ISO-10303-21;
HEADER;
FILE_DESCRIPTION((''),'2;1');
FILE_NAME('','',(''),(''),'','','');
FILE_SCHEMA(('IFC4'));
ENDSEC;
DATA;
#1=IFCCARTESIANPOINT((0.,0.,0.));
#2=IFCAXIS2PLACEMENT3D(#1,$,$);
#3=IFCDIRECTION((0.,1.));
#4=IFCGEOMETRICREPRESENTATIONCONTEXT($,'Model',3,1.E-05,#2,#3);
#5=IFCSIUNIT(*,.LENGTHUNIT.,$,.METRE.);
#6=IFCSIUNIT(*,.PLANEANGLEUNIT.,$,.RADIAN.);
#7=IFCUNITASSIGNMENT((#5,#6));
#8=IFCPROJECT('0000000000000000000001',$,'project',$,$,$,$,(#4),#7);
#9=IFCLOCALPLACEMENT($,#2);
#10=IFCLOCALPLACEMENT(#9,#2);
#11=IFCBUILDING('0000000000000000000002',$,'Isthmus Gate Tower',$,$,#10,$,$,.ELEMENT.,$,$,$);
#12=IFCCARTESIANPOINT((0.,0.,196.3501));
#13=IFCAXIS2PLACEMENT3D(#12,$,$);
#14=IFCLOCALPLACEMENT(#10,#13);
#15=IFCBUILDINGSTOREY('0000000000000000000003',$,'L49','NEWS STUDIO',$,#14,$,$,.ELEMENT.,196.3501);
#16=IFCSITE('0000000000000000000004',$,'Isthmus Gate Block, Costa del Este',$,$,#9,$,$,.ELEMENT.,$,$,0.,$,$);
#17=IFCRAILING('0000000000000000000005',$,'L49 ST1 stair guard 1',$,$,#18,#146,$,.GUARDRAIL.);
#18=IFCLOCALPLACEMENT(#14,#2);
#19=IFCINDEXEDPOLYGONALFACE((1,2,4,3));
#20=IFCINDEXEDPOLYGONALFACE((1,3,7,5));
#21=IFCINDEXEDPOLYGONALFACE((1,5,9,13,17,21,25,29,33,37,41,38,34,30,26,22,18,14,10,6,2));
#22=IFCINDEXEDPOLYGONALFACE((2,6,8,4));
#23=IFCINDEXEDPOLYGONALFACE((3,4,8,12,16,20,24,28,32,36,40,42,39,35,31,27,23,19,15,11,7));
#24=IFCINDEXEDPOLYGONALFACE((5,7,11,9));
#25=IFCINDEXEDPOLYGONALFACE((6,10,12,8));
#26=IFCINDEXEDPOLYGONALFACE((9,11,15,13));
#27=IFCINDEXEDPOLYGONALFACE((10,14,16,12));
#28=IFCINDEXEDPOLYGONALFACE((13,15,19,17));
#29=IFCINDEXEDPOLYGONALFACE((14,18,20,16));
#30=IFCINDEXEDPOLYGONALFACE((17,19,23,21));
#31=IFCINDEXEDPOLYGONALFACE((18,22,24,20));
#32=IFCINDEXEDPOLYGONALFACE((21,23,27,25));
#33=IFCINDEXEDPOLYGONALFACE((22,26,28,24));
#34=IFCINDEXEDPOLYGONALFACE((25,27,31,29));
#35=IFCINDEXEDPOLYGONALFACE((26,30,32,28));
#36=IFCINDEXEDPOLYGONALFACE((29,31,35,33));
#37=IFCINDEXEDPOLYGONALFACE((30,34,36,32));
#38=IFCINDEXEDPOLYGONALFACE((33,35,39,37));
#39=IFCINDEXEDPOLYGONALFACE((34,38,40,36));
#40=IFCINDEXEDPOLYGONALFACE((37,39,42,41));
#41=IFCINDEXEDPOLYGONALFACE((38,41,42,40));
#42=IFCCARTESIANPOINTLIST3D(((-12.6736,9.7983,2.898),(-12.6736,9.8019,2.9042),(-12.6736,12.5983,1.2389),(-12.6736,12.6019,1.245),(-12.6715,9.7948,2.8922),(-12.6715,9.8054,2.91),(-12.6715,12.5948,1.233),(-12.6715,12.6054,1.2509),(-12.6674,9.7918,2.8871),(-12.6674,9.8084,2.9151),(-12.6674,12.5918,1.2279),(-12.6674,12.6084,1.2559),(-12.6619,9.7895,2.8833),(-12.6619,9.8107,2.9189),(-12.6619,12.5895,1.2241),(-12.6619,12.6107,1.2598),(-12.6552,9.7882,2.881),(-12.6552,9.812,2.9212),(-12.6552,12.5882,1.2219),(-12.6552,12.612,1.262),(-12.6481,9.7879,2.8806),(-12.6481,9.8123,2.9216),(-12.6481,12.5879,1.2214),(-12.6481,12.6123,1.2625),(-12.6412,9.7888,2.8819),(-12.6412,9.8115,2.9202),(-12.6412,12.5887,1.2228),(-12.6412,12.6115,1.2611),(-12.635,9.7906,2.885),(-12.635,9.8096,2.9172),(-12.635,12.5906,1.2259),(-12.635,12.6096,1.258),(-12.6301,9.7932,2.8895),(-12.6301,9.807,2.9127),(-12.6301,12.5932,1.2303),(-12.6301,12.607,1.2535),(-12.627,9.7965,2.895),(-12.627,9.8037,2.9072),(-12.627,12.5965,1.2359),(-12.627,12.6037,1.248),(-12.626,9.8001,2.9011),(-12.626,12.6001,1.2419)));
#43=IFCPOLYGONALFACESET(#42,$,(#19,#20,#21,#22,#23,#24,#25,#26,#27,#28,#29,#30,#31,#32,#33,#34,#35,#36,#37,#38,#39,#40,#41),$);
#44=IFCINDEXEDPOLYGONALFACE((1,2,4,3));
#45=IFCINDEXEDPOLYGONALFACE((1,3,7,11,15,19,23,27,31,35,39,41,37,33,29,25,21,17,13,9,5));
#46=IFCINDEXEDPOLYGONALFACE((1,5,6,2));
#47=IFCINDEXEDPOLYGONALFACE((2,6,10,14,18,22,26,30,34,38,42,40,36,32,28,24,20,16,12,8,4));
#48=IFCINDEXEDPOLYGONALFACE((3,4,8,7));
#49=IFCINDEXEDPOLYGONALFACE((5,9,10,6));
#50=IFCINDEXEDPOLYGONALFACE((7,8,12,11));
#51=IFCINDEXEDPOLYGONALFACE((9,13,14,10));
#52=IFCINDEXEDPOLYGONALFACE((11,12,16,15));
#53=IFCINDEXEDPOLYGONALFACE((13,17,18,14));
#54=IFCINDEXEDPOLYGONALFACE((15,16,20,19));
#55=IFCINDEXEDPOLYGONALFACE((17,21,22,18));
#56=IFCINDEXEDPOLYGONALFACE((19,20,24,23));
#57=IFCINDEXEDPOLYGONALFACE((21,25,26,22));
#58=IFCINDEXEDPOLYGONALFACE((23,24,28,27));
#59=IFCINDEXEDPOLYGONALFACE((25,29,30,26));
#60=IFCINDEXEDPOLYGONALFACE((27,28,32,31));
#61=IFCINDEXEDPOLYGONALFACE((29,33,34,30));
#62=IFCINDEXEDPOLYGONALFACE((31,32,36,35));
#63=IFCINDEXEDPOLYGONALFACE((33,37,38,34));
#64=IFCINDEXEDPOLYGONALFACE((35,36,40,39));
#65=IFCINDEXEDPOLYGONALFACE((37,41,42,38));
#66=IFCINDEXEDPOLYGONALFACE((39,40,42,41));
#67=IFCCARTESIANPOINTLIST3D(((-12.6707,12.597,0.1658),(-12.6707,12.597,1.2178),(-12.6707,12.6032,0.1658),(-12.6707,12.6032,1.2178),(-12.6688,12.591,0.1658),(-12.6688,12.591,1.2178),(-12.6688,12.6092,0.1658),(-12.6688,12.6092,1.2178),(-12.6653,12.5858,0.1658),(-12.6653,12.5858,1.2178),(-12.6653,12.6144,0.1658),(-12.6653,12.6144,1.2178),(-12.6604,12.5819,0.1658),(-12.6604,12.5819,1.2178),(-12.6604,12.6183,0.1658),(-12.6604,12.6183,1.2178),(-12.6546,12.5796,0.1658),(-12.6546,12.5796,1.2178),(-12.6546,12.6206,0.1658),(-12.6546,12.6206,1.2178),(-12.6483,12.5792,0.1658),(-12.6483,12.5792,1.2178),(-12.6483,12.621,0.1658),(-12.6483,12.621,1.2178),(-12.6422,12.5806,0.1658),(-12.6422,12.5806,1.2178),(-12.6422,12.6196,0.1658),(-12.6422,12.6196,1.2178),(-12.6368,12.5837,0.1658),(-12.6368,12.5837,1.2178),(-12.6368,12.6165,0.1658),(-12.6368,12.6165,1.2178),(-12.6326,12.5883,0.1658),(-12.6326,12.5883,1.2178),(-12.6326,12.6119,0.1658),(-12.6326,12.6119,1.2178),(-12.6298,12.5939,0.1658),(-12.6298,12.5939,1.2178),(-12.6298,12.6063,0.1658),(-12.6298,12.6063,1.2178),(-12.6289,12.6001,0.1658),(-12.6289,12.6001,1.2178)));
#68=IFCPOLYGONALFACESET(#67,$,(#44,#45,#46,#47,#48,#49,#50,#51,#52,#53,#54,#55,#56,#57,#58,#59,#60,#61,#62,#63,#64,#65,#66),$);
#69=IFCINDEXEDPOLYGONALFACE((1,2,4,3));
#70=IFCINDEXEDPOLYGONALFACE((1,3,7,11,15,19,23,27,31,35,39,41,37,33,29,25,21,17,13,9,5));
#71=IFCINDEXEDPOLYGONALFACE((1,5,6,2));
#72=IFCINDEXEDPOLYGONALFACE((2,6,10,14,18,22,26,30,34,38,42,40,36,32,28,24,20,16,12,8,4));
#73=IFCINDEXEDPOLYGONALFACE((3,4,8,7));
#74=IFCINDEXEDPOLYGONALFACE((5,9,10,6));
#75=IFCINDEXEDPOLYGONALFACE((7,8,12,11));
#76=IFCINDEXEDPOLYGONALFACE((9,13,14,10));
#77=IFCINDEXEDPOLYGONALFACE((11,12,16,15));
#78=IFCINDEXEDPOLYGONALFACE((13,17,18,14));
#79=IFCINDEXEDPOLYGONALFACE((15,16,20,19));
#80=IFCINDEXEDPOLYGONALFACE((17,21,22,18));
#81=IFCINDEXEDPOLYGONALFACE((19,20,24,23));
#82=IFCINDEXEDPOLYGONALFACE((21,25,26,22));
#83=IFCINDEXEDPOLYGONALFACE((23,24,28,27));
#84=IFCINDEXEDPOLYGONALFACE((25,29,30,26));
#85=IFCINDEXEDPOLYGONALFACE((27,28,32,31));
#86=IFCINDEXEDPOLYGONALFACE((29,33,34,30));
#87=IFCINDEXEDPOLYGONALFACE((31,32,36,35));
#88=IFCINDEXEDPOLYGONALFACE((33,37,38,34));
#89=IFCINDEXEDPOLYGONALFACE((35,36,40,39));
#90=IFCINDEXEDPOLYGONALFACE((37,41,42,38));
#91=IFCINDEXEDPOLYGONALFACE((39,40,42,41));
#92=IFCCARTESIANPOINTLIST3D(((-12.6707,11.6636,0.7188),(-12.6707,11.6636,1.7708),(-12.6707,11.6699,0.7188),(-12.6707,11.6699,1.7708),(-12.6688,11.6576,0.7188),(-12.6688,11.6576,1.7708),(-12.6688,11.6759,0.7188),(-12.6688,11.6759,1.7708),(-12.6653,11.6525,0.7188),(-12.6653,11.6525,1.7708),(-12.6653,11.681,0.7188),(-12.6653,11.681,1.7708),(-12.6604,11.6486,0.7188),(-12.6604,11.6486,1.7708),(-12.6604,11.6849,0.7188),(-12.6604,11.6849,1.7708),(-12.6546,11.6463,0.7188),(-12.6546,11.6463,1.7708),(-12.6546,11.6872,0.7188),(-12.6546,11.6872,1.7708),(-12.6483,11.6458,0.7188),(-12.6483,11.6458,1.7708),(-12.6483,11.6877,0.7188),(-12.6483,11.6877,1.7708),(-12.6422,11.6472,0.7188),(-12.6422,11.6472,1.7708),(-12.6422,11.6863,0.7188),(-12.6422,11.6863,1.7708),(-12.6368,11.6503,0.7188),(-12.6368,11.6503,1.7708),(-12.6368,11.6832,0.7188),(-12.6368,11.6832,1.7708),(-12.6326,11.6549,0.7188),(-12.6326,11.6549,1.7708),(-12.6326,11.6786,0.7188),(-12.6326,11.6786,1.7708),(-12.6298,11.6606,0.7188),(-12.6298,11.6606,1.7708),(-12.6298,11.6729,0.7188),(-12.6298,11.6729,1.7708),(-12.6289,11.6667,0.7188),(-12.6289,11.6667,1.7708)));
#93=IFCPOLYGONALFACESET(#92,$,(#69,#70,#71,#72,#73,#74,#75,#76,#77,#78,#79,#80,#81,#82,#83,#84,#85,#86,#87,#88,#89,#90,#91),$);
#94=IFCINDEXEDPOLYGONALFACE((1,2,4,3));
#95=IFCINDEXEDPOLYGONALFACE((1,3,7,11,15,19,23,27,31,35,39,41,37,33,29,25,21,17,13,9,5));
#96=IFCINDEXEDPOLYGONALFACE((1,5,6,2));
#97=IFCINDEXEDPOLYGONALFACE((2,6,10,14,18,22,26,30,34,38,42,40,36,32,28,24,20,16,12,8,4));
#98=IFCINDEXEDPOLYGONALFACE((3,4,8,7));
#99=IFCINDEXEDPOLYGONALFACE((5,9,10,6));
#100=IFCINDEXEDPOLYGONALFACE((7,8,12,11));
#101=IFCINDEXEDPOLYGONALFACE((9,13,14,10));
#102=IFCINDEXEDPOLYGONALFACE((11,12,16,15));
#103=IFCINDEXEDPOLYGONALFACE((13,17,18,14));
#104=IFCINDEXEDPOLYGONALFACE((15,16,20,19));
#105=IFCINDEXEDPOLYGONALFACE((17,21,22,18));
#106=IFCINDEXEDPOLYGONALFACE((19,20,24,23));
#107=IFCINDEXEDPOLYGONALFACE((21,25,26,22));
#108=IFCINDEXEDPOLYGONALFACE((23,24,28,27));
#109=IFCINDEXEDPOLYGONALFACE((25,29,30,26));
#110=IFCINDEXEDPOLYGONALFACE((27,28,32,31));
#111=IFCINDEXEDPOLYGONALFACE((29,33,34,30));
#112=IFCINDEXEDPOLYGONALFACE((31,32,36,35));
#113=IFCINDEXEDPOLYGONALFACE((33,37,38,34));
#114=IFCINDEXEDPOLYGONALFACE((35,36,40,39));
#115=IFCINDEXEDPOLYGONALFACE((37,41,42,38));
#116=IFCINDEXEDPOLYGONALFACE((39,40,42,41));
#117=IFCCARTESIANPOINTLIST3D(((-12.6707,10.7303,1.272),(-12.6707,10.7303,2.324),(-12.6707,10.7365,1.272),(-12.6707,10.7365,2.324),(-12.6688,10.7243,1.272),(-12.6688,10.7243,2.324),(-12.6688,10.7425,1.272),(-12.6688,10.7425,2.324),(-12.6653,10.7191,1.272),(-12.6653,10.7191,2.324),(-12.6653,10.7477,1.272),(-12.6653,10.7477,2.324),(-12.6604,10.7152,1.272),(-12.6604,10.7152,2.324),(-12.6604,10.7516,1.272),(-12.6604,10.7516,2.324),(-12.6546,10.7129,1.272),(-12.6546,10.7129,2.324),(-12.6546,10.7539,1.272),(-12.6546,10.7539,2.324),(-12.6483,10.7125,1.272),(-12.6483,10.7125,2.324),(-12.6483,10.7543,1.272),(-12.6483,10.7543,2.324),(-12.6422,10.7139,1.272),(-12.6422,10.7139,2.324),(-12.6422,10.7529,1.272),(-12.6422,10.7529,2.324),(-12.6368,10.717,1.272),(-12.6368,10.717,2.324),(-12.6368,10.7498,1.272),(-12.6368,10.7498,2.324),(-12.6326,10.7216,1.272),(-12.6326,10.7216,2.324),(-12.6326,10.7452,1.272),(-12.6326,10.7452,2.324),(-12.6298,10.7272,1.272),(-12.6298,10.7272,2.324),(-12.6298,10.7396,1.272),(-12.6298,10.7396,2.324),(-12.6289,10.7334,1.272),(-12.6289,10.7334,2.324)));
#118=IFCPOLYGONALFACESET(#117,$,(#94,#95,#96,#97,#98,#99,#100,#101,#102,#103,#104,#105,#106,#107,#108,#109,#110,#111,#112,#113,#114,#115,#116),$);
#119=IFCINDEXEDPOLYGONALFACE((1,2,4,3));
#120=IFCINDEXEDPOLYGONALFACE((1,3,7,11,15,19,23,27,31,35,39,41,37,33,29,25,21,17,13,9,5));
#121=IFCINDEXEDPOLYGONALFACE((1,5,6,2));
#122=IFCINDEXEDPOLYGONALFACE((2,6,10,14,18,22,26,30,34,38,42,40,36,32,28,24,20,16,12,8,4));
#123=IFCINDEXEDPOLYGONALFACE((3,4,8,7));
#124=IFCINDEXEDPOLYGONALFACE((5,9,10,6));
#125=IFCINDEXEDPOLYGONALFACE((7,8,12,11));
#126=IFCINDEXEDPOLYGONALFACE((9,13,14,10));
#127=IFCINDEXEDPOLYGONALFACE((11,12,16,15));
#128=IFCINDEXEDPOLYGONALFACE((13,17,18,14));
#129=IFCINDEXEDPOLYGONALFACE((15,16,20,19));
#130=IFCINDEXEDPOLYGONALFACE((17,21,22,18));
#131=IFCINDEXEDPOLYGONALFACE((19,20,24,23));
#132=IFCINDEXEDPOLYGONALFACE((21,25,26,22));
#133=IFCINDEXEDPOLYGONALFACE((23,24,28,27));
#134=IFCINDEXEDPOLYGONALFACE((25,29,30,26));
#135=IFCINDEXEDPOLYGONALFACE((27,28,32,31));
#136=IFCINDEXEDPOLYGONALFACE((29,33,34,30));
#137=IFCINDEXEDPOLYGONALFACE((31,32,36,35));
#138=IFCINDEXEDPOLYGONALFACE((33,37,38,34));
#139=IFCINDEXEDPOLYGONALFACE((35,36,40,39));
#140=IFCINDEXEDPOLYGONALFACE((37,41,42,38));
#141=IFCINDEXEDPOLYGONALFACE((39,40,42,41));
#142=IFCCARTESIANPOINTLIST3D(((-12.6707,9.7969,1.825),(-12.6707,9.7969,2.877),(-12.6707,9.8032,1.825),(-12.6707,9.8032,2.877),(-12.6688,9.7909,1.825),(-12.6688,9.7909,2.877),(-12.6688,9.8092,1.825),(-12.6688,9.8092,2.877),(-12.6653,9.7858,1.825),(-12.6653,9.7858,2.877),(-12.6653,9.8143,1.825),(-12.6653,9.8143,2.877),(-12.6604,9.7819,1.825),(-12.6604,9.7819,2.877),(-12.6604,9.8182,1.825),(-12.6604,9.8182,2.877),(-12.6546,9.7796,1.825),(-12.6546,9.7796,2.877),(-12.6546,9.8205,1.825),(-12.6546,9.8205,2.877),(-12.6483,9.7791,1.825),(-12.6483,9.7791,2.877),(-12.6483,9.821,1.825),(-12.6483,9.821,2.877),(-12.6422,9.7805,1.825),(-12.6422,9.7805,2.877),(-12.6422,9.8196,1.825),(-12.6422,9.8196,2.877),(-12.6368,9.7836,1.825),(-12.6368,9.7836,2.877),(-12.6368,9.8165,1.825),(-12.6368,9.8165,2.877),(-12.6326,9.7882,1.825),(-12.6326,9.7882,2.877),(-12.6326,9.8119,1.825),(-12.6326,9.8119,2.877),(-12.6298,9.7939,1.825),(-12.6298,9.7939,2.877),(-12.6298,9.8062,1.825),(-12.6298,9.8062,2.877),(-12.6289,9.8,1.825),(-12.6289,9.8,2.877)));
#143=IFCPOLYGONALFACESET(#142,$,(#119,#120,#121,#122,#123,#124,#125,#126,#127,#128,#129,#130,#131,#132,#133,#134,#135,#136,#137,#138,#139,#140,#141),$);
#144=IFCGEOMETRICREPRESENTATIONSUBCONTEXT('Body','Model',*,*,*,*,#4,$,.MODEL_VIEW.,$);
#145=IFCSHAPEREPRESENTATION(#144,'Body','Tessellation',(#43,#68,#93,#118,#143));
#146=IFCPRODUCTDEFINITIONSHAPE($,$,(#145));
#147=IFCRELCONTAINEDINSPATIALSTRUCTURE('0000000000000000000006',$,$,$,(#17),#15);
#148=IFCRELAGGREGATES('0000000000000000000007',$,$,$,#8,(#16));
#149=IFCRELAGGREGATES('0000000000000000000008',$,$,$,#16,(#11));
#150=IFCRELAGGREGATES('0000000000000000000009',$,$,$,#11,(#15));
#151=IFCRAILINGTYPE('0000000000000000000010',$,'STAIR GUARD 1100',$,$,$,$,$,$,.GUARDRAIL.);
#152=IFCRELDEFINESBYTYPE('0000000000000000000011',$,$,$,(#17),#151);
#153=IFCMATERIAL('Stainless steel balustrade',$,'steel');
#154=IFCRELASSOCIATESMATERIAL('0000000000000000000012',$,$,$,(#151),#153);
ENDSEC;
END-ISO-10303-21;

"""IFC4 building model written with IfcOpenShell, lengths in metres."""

from ifc_helpers import new_model, si_unit, direction, frame, origin, origin_2d, place, context, subcontext, project, spatial, circle, extrude, material, type_object, element, save


model = new_model("IFC4")

# Units and contexts
model_context = context("Model", 3, precision=1e-05, world=origin(), true_north=direction((0.0, 1.0)))
body_context = subcontext(model_context, "Body", "Model", "MODEL_VIEW")
ifc_project = project(units=[si_unit("LENGTHUNIT", "METRE"), si_unit("PLANEANGLEUNIT", "RADIAN")], contexts=[model_context])

# Site, building, storey
site_placement = place(None, origin())
site = spatial("IfcSite", under=ifc_project, at=site_placement, Name="Isthmus Gate Block, Costa del Este", CompositionType="ELEMENT", RefElevation=0.0)
building_placement = place(site_placement, origin())
building = spatial("IfcBuilding", under=site, at=building_placement, Name="Isthmus Gate Tower", CompositionType="ELEMENT")
storey_placement = place(building_placement, frame((0.0, 0.0, 196.3501)))
storey = spatial("IfcBuildingStorey", under=building, at=storey_placement, Name="L49", Description="NEWS STUDIO", CompositionType="ELEMENT", Elevation=196.3501)

# Railing
ifc_material_1 = material(Name="Stainless steel balustrade", Category="steel")
railing_type = type_object("IfcRailingType", Name="STAIR GUARD 1100", PredefinedType="GUARDRAIL", material=ifc_material_1)
railing_1_placement = place(storey_placement, frame((-12.6499, 12.6001, 0.1658)))
element("IfcRailing", 1, at=railing_1_placement, inside=storey, type_object=railing_type, Name="L49 ST1 stair guard 1", PredefinedType="GUARDRAIL", context=body_context, shape_type="SweptSolid", body=[
    extrude(circle(Radius=0.0239, at=origin_2d()), frame((0.0, 0.0, 1.0762), z_axis=(0.0, -0.860306, 0.509778), x_axis=(1.0, 0.0, 0.0)), (0.0, 0.0, 1.0), 3.2546),
    extrude(circle(Radius=0.021, at=origin_2d()), origin(), (0.0, 0.0, 1.0), 1.052),
    extrude(circle(Radius=0.021, at=origin_2d()), frame((0.0, -0.9333, 0.553)), (0.0, 0.0, 1.0), 1.052),
    extrude(circle(Radius=0.021, at=origin_2d()), frame((0.0, -1.8667, 1.1062)), (0.0, 0.0, 1.0), 1.052),
    extrude(circle(Radius=0.021, at=origin_2d()), frame((0.0, -2.8, 1.6592)), (0.0, 0.0, 1.0), 1.052),
])

save(model, "model.ifc")
